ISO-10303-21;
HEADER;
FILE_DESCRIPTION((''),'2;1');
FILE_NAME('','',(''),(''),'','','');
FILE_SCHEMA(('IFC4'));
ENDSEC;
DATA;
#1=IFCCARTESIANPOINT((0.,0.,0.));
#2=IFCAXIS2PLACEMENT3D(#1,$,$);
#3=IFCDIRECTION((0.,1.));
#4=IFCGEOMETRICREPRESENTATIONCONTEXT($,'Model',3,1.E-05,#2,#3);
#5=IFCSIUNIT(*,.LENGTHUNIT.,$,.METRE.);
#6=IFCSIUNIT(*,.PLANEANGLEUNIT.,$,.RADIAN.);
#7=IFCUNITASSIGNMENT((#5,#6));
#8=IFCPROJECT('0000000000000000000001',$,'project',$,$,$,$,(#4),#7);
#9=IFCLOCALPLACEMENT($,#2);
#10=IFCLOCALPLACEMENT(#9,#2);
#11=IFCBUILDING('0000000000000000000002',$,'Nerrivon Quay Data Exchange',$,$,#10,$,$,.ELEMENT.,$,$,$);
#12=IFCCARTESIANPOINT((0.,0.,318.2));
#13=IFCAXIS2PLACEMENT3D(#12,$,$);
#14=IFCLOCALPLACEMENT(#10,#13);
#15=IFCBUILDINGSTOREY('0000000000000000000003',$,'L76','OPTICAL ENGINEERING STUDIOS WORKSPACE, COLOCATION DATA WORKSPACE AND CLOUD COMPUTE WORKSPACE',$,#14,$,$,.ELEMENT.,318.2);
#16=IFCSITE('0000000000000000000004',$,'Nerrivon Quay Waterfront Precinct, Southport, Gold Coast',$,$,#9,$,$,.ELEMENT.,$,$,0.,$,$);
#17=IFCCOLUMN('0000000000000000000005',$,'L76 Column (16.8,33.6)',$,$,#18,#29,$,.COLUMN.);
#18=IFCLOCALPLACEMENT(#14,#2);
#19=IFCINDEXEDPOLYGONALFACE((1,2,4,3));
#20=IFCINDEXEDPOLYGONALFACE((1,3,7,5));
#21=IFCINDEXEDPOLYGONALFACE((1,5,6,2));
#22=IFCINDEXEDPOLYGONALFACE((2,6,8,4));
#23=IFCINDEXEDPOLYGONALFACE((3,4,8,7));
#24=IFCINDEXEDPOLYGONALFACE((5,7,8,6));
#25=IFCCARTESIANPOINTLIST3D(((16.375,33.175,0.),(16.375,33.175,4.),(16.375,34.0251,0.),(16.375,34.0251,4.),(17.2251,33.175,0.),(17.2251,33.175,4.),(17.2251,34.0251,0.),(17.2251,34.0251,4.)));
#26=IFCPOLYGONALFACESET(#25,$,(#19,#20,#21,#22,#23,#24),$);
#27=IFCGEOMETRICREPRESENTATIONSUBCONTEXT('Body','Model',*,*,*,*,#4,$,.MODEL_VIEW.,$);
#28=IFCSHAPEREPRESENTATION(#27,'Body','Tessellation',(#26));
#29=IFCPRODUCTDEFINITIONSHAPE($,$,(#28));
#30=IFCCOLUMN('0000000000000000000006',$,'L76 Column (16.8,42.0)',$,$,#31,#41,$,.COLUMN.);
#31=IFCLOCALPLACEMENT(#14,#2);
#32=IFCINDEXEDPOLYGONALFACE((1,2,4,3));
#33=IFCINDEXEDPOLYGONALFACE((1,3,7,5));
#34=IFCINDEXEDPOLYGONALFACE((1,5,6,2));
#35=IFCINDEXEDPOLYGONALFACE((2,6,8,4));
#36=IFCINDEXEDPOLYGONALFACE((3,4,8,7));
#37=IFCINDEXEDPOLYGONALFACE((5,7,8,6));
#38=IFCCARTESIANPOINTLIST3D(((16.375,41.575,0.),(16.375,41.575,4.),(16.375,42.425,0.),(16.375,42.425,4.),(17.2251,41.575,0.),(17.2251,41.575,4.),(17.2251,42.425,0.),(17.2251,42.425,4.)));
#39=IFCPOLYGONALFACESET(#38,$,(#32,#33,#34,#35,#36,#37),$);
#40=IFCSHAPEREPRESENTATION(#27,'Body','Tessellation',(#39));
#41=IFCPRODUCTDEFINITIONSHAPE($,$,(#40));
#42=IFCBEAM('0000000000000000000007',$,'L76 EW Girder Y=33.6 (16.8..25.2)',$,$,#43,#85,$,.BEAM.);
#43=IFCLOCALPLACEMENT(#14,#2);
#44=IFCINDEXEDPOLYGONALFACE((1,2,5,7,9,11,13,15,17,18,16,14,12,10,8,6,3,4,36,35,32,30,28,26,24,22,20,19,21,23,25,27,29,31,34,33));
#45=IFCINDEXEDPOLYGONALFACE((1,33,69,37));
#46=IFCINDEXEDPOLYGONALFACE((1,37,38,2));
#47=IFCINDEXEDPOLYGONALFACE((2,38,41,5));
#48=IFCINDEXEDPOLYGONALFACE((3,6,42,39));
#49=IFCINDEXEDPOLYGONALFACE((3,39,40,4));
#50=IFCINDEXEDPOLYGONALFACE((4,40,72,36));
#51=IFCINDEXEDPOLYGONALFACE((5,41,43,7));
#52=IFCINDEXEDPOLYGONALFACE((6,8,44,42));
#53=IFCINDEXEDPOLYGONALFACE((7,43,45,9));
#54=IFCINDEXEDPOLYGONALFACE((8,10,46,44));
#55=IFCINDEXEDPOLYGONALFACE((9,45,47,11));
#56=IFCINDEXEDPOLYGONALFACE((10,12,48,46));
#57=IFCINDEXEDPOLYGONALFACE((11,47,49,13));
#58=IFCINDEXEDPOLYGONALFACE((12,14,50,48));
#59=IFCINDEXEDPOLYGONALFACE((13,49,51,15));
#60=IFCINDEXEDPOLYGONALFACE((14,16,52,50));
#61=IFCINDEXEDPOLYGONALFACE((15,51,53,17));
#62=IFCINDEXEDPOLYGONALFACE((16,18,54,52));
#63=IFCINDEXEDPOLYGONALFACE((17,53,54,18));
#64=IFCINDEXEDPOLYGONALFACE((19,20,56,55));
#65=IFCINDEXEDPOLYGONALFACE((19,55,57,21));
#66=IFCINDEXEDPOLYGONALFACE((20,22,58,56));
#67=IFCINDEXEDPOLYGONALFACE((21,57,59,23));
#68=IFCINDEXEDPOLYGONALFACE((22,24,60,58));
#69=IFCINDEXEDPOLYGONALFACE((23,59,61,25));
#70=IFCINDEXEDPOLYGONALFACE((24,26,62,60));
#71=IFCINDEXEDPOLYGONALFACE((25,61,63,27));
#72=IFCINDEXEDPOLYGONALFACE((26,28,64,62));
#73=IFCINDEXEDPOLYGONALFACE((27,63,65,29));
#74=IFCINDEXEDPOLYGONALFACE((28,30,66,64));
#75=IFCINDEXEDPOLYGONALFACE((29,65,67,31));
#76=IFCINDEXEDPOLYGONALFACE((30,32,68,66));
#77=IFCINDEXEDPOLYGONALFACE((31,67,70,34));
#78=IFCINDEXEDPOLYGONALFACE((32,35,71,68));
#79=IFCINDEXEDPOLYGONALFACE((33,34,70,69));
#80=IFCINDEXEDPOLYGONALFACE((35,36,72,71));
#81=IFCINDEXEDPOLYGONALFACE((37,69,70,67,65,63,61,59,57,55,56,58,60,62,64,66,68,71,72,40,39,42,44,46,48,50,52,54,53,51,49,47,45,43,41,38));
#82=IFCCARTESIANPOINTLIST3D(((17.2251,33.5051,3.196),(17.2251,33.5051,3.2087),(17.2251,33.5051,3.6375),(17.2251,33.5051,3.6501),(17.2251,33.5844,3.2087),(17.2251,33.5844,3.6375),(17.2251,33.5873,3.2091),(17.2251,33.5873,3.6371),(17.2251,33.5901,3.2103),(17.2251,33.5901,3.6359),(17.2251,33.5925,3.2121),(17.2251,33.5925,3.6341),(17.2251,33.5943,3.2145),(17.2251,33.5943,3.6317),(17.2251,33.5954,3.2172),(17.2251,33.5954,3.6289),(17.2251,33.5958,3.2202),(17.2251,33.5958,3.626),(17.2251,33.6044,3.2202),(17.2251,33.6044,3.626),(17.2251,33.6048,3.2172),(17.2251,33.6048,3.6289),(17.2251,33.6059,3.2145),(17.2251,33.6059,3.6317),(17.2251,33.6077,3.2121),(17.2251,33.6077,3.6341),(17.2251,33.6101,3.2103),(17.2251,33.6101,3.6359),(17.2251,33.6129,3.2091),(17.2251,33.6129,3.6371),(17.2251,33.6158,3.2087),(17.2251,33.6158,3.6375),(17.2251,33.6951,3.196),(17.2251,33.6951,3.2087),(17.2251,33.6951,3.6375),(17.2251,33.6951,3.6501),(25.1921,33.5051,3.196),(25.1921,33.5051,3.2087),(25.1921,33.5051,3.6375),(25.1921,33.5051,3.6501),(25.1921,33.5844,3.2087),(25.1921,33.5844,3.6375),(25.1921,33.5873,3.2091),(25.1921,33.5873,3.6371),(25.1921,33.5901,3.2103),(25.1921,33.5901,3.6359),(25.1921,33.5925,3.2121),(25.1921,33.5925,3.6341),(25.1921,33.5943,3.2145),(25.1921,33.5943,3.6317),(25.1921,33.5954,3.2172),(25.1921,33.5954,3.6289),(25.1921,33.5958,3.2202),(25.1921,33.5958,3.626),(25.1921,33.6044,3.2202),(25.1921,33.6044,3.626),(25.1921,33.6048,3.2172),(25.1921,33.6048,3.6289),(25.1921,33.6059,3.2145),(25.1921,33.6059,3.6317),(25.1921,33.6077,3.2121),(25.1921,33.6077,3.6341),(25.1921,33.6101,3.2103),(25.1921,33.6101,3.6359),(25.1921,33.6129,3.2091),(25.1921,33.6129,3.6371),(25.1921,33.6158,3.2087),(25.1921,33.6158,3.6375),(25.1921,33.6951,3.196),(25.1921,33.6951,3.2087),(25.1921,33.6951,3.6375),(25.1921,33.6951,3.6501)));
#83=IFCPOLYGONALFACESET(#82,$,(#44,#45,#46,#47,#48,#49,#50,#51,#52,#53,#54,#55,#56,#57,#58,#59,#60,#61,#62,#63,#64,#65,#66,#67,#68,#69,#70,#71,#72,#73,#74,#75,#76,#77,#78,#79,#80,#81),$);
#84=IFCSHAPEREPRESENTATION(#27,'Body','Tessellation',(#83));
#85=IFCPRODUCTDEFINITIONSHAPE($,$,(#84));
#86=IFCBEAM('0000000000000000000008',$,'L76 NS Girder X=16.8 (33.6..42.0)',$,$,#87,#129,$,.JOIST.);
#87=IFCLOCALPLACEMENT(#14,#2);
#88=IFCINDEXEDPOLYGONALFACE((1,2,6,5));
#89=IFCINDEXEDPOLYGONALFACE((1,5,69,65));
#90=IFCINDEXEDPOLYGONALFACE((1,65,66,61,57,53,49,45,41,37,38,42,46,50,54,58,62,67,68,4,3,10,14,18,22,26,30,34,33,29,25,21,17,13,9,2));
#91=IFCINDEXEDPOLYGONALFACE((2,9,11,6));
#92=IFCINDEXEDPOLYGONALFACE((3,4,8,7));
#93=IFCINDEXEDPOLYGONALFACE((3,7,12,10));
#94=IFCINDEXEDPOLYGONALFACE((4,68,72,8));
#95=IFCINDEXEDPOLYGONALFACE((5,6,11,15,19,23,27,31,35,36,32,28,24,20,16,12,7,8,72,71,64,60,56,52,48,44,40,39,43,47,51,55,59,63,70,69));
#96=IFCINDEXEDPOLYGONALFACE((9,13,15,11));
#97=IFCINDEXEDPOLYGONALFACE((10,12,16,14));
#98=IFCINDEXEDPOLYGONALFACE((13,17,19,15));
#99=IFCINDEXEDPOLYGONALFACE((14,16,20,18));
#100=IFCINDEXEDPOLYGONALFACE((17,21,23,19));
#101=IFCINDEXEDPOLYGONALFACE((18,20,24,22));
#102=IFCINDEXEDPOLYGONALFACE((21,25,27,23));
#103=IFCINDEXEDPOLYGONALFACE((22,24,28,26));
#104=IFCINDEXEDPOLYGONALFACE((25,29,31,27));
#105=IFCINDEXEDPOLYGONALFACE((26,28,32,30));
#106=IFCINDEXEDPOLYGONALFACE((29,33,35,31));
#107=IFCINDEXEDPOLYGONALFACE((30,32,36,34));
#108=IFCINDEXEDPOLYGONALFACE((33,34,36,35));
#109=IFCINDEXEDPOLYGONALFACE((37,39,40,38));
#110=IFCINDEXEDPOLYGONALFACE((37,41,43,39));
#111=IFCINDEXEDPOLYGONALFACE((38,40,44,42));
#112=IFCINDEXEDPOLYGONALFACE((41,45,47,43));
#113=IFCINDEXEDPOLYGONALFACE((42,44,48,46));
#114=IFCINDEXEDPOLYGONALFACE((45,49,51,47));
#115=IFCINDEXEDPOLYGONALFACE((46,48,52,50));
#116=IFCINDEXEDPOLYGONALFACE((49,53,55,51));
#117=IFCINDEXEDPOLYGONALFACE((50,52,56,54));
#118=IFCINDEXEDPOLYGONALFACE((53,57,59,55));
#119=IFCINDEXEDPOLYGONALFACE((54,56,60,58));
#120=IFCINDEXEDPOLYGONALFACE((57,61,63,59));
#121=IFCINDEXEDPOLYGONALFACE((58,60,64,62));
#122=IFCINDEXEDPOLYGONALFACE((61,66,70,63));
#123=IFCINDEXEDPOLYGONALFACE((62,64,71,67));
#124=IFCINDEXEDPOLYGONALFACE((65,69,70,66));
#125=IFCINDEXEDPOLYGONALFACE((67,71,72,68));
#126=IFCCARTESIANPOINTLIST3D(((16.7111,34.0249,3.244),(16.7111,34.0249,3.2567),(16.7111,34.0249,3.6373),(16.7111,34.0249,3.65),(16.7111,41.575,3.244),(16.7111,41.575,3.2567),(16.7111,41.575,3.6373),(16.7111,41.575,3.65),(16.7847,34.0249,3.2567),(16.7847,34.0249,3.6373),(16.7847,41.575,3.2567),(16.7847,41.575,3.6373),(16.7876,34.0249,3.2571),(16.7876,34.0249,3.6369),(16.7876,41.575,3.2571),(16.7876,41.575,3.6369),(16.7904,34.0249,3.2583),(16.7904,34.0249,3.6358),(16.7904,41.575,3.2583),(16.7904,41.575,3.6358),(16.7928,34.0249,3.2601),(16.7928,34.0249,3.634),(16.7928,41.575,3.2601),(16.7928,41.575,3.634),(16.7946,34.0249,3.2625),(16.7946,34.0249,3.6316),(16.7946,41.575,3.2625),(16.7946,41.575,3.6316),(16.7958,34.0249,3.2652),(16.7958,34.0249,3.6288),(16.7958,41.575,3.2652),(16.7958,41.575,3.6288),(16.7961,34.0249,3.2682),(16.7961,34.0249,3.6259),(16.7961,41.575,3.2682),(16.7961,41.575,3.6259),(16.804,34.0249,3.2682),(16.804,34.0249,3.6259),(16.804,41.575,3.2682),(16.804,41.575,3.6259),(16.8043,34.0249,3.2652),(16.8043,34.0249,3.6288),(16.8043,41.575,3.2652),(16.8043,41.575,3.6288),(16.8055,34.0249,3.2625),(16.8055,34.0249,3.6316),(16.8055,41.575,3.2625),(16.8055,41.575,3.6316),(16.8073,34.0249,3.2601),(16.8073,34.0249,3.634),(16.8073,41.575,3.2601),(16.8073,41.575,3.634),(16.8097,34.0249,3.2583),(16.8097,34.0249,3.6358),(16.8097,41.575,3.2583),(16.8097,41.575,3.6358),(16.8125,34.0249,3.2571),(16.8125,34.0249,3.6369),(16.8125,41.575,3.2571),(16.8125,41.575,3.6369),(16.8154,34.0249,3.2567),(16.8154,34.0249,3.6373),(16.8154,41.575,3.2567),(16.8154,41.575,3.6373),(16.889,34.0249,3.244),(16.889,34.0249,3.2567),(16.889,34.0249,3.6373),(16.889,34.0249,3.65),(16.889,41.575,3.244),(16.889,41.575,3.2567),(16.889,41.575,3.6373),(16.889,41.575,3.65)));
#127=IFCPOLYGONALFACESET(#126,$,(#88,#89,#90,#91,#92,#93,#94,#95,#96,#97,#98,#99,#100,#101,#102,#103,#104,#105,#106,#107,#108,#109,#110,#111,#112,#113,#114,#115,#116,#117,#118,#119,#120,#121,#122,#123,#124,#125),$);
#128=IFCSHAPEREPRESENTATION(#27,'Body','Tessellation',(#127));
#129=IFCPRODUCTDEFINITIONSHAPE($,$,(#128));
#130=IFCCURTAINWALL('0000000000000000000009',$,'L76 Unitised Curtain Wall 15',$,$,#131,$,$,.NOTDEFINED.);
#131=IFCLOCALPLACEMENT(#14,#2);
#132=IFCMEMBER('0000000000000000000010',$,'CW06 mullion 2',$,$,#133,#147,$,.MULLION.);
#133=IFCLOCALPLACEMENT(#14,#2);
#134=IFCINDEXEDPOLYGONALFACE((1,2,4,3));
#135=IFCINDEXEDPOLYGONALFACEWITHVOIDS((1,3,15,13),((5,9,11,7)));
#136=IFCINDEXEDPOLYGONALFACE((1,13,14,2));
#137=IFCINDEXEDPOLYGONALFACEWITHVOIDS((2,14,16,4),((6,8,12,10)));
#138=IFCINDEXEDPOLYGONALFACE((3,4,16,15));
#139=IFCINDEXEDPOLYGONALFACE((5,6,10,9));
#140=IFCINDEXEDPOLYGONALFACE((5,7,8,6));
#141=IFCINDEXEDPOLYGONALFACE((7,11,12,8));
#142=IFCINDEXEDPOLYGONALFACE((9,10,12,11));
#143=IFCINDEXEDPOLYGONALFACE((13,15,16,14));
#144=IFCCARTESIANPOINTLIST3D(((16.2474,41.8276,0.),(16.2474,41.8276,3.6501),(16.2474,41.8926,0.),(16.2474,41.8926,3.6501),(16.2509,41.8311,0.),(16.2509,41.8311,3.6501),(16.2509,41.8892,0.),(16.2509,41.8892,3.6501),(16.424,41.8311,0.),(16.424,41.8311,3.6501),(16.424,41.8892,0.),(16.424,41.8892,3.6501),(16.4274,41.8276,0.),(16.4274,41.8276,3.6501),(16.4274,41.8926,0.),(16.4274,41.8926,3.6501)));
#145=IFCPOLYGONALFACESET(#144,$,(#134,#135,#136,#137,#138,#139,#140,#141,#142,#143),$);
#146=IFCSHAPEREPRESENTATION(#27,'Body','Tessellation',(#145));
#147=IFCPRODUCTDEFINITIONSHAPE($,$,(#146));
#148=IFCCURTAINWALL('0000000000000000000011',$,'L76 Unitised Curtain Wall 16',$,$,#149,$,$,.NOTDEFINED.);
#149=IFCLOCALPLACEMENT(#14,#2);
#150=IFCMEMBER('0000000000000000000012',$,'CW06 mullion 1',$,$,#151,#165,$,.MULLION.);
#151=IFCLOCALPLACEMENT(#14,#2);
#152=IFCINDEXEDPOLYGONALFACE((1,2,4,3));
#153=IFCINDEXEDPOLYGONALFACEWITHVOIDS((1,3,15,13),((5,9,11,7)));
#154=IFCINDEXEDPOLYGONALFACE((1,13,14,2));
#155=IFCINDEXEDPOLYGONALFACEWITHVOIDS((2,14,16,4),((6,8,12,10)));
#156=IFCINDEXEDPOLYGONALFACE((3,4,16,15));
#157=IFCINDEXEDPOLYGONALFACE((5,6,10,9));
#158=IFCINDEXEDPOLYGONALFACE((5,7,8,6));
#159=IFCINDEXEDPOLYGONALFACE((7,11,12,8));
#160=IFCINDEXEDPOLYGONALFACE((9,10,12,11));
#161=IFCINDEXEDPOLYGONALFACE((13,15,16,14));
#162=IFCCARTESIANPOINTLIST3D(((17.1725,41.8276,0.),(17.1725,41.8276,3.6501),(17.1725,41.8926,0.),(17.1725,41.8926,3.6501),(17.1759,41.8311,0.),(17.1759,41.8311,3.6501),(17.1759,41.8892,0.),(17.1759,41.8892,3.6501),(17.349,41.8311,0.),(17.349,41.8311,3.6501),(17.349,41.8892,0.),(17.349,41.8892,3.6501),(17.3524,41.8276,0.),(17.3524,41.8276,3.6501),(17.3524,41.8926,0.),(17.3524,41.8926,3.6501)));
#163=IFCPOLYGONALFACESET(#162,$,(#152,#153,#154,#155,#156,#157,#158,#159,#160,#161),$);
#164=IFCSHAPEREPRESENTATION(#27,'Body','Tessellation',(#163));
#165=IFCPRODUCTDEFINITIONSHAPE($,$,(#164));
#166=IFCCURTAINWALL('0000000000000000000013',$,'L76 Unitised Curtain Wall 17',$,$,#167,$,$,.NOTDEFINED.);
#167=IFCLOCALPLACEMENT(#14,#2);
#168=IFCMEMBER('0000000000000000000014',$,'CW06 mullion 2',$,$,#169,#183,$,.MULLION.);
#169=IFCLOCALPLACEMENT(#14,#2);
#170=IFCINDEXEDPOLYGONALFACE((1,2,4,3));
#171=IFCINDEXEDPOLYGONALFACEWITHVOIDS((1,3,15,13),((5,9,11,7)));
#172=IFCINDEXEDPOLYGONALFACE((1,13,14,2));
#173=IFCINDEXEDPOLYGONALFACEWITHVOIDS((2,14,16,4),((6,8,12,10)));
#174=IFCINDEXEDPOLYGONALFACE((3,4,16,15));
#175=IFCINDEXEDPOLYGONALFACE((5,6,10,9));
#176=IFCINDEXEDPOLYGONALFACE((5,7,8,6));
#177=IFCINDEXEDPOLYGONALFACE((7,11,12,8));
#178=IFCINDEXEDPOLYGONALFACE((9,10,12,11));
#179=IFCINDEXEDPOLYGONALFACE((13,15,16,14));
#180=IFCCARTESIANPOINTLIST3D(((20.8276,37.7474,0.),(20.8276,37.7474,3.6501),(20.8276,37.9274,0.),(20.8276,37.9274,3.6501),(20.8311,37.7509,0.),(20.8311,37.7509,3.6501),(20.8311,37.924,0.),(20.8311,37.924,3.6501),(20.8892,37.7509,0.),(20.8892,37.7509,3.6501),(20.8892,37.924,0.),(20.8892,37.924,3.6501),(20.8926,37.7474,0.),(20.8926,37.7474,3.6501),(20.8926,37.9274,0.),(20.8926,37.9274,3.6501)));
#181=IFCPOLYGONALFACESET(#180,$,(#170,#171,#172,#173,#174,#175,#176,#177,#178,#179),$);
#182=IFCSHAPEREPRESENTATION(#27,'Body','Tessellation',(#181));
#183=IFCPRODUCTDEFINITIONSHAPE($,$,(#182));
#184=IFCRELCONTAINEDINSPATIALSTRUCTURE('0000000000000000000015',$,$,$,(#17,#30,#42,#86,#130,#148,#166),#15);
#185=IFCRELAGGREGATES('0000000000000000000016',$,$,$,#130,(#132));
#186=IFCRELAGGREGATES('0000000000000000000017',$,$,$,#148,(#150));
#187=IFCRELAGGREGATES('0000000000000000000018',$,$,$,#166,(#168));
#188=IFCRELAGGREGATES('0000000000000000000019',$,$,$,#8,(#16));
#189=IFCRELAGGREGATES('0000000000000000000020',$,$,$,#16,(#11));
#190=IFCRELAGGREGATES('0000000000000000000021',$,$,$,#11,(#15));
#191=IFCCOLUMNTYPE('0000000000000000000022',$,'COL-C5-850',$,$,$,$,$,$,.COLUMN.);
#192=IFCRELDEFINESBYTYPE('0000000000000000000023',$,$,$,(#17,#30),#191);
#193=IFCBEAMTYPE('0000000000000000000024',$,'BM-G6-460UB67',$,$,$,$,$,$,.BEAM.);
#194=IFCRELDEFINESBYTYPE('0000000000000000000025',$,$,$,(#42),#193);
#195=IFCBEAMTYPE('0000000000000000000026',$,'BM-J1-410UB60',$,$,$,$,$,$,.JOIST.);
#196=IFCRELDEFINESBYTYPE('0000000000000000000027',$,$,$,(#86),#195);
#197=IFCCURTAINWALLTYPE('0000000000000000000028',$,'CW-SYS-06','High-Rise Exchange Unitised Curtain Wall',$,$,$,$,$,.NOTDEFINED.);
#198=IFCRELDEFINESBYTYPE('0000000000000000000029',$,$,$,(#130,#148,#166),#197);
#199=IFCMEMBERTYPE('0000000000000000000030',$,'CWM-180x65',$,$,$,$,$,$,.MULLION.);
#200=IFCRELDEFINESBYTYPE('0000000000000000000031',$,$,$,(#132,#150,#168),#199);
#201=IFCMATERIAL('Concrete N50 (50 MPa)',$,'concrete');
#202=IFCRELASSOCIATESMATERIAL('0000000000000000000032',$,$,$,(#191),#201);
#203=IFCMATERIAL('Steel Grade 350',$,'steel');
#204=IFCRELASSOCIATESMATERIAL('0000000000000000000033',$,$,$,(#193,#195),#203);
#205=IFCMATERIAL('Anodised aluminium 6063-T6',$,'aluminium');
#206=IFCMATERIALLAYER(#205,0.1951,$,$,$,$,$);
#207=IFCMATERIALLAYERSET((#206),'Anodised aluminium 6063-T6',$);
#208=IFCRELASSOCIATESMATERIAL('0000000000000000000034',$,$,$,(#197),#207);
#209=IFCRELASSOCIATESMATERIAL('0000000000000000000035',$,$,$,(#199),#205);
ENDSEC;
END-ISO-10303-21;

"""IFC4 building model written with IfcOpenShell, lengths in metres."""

from ifc_helpers import new_model, si_unit, direction, frame, origin, origin_2d, place, context, subcontext, project, spatial, rectangle, hollow_rectangle, i_section, extrude, material, layer, layer_set, material_profile, profile_set, type_object, element, aggregate, save


model = new_model("IFC4")

# Units and contexts
model_context = context("Model", 3, precision=1e-05, world=origin(), true_north=direction((0.0, 1.0)))
body_context = subcontext(model_context, "Body", "Model", "MODEL_VIEW")
ifc_project = project(units=[si_unit("LENGTHUNIT", "METRE"), si_unit("PLANEANGLEUNIT", "RADIAN")], contexts=[model_context])

# Site, building, storey
site_placement = place(None, origin())
site = spatial("IfcSite", under=ifc_project, at=site_placement, Name="Nerrivon Quay Waterfront Precinct, Southport, Gold Coast", CompositionType="ELEMENT", RefElevation=0.0)
building_placement = place(site_placement, origin())
building = spatial("IfcBuilding", under=site, at=building_placement, Name="Nerrivon Quay Data Exchange", CompositionType="ELEMENT")
storey_placement = place(building_placement, frame((0.0, 0.0, 318.2)))
storey = spatial("IfcBuildingStorey", under=building, at=storey_placement, Name="L76", Description="OPTICAL ENGINEERING STUDIOS WORKSPACE, COLOCATION DATA WORKSPACE AND CLOUD COMPUTE WORKSPACE", CompositionType="ELEMENT", Elevation=318.2)

# Columns
ifc_material_1 = material(Name="Concrete N50 (50 MPa)", Category="concrete")
ifc_material_profile_1 = material_profile(ifc_material_1, rectangle(XDim=0.8501, YDim=0.8501, at=origin_2d()), Name="RC-COL-850x850")
ifc_profile_set_1 = profile_set([ifc_material_profile_1], Name="Concrete N50 (50 MPa)")
column_type = type_object("IfcColumnType", Name="COL-C5-850", PredefinedType="COLUMN", material=ifc_profile_set_1)
for number, where, z_axis, x_axis, name in (
    (1, (16.8, 33.6001, 0.0), (0.0, 0.0, 1.0), (1.0, 0.0, 0.0), "L76 Column (16.8,33.6)"),
    (2, (16.8, 42.0, 0.0), (0.0, 0.0, 1.0), (1.0, 0.0, 0.0), "L76 Column (16.8,42.0)"),
):
    element("IfcColumn", number, at=place(storey_placement, frame(where, z_axis=z_axis, x_axis=x_axis)), inside=storey, type_object=column_type, Name=name, PredefinedType="COLUMN", context=body_context, shape_type="SweptSolid", body=[
        extrude(rectangle(XDim=0.8501, YDim=0.8501, at=origin_2d()), origin(), (0.0, 0.0, 1.0), 4.0),
    ])

# Beams
ifc_material_2 = material(Name="Steel Grade 350", Category="steel")
ifc_material_profile_2 = material_profile(ifc_material_2, i_section(OverallWidth=0.1899, OverallDepth=0.4541, WebThickness=0.0085, FlangeThickness=0.0127, FilletRadius=0.0115, at=origin_2d()), Name="460UB67.1")
ifc_profile_set_2 = profile_set([ifc_material_profile_2], Name="Steel Grade 350")
beam_type_1 = type_object("IfcBeamType", Name="BM-G6-460UB67", PredefinedType="BEAM", material=ifc_profile_set_2)
beam_1_placement = place(storey_placement, frame((17.2251, 33.6001, 3.4231), z_axis=(1.0, 0.0, 0.0), x_axis=(0.0, 1.0, 0.0)))
element("IfcBeam", 3, at=beam_1_placement, inside=storey, type_object=beam_type_1, Name="L76 EW Girder Y=33.6 (16.8..25.2)", PredefinedType="BEAM", context=body_context, shape_type="SweptSolid", body=[
    extrude(i_section(OverallWidth=0.1899, OverallDepth=0.4541, WebThickness=0.0085, FlangeThickness=0.0127, FilletRadius=0.0115, at=origin_2d()), origin(), (0.0, 0.0, 1.0), 7.967),
])
ifc_material_profile_3 = material_profile(ifc_material_2, i_section(OverallWidth=0.178, OverallDepth=0.406, WebThickness=0.0078, FlangeThickness=0.0127, FilletRadius=0.0115, at=origin_2d()), Name="410UB59.7")
ifc_profile_set_3 = profile_set([ifc_material_profile_3], Name="Steel Grade 350")
beam_type_2 = type_object("IfcBeamType", Name="BM-J1-410UB60", PredefinedType="JOIST", material=ifc_profile_set_3)
beam_2_placement = place(storey_placement, frame((16.8, 34.0249, 3.447), z_axis=(0.0, 1.0, 0.0), x_axis=(-1.0, 0.0, 0.0)))
element("IfcBeam", 4, at=beam_2_placement, inside=storey, type_object=beam_type_2, Name="L76 NS Girder X=16.8 (33.6..42.0)", PredefinedType="JOIST", context=body_context, shape_type="SweptSolid", body=[
    extrude(i_section(OverallWidth=0.178, OverallDepth=0.406, WebThickness=0.0078, FlangeThickness=0.0127, FilletRadius=0.0115, at=origin_2d()), origin(), (0.0, 0.0, 1.0), 7.55),
])

# Curtain walls, members
ifc_material_3 = material(Name="Anodised aluminium 6063-T6", Category="aluminium")
ifc_layer_1 = layer(ifc_material_3, 0.1951)
ifc_layer_set_1 = layer_set([ifc_layer_1], Name="Anodised aluminium 6063-T6")
curtain_wall_type = type_object("IfcCurtainWallType", Name="CW-SYS-06", Description="High-Rise Exchange Unitised Curtain Wall", PredefinedType="NOTDEFINED", material=ifc_layer_set_1)
curtain_wall_1_placement = place(storey_placement, origin())
curtain_wall_1 = element("IfcCurtainWall", 5, at=curtain_wall_1_placement, inside=storey, type_object=curtain_wall_type, Name="L76 Unitised Curtain Wall 15", PredefinedType="NOTDEFINED")
ifc_material_profile_4 = material_profile(ifc_material_3, hollow_rectangle(XDim=0.0649, YDim=0.1799, WallThickness=0.0034, at=origin_2d()), Name="ALU-MULL-180x65")
ifc_profile_set_4 = profile_set([ifc_material_profile_4], Name="Anodised aluminium 6063-T6")
member_type_1 = type_object("IfcMemberType", Name="CWM-180x65", PredefinedType="MULLION", material=ifc_profile_set_4)
member_1_placement = place(storey_placement, frame((16.3374, 41.8601, 0.0), z_axis=(0.0, 0.0, 1.0), x_axis=(0.0, 1.0, 0.0)))
member_1 = element("IfcMember", 6, at=member_1_placement, type_object=member_type_1, Name="CW06 mullion 2", PredefinedType="MULLION", context=body_context, shape_type="SweptSolid", body=[
    extrude(hollow_rectangle(XDim=0.0649, YDim=0.1799, WallThickness=0.0034, at=origin_2d()), origin(), (0.0, 0.0, 1.0), 3.6501),
])
aggregate(curtain_wall_1, [member_1])
curtain_wall_2_placement = place(storey_placement, origin())
curtain_wall_2 = element("IfcCurtainWall", 7, at=curtain_wall_2_placement, inside=storey, type_object=curtain_wall_type, Name="L76 Unitised Curtain Wall 16", PredefinedType="NOTDEFINED")
member_2_placement = place(storey_placement, frame((17.2625, 41.8601, 0.0), z_axis=(0.0, 0.0, 1.0), x_axis=(0.0, 1.0, 0.0)))
member_2 = element("IfcMember", 8, at=member_2_placement, type_object=member_type_1, Name="CW06 mullion 1", PredefinedType="MULLION", context=body_context, shape_type="SweptSolid", body=[
    extrude(hollow_rectangle(XDim=0.0649, YDim=0.1799, WallThickness=0.0034, at=origin_2d()), origin(), (0.0, 0.0, 1.0), 3.6501),
])
curtain_wall_3_placement = place(storey_placement, origin())
curtain_wall_3 = element("IfcCurtainWall", 9, at=curtain_wall_3_placement, inside=storey, type_object=curtain_wall_type, Name="L76 Unitised Curtain Wall 17", PredefinedType="NOTDEFINED")
member_3_placement = place(storey_placement, frame((20.8601, 37.8374, 0.0), z_axis=(0.0, 0.0, 1.0), x_axis=(1.0, 0.0, 0.0)))
member_3 = element("IfcMember", 10, at=member_3_placement, type_object=member_type_1, Name="CW06 mullion 2", PredefinedType="MULLION", context=body_context, shape_type="SweptSolid", body=[
    extrude(hollow_rectangle(XDim=0.0649, YDim=0.1799, WallThickness=0.0034, at=origin_2d()), origin(), (0.0, 0.0, 1.0), 3.6501),
])

aggregate(curtain_wall_2, [member_2])
aggregate(curtain_wall_3, [member_3])

save(model, "model.ifc")
